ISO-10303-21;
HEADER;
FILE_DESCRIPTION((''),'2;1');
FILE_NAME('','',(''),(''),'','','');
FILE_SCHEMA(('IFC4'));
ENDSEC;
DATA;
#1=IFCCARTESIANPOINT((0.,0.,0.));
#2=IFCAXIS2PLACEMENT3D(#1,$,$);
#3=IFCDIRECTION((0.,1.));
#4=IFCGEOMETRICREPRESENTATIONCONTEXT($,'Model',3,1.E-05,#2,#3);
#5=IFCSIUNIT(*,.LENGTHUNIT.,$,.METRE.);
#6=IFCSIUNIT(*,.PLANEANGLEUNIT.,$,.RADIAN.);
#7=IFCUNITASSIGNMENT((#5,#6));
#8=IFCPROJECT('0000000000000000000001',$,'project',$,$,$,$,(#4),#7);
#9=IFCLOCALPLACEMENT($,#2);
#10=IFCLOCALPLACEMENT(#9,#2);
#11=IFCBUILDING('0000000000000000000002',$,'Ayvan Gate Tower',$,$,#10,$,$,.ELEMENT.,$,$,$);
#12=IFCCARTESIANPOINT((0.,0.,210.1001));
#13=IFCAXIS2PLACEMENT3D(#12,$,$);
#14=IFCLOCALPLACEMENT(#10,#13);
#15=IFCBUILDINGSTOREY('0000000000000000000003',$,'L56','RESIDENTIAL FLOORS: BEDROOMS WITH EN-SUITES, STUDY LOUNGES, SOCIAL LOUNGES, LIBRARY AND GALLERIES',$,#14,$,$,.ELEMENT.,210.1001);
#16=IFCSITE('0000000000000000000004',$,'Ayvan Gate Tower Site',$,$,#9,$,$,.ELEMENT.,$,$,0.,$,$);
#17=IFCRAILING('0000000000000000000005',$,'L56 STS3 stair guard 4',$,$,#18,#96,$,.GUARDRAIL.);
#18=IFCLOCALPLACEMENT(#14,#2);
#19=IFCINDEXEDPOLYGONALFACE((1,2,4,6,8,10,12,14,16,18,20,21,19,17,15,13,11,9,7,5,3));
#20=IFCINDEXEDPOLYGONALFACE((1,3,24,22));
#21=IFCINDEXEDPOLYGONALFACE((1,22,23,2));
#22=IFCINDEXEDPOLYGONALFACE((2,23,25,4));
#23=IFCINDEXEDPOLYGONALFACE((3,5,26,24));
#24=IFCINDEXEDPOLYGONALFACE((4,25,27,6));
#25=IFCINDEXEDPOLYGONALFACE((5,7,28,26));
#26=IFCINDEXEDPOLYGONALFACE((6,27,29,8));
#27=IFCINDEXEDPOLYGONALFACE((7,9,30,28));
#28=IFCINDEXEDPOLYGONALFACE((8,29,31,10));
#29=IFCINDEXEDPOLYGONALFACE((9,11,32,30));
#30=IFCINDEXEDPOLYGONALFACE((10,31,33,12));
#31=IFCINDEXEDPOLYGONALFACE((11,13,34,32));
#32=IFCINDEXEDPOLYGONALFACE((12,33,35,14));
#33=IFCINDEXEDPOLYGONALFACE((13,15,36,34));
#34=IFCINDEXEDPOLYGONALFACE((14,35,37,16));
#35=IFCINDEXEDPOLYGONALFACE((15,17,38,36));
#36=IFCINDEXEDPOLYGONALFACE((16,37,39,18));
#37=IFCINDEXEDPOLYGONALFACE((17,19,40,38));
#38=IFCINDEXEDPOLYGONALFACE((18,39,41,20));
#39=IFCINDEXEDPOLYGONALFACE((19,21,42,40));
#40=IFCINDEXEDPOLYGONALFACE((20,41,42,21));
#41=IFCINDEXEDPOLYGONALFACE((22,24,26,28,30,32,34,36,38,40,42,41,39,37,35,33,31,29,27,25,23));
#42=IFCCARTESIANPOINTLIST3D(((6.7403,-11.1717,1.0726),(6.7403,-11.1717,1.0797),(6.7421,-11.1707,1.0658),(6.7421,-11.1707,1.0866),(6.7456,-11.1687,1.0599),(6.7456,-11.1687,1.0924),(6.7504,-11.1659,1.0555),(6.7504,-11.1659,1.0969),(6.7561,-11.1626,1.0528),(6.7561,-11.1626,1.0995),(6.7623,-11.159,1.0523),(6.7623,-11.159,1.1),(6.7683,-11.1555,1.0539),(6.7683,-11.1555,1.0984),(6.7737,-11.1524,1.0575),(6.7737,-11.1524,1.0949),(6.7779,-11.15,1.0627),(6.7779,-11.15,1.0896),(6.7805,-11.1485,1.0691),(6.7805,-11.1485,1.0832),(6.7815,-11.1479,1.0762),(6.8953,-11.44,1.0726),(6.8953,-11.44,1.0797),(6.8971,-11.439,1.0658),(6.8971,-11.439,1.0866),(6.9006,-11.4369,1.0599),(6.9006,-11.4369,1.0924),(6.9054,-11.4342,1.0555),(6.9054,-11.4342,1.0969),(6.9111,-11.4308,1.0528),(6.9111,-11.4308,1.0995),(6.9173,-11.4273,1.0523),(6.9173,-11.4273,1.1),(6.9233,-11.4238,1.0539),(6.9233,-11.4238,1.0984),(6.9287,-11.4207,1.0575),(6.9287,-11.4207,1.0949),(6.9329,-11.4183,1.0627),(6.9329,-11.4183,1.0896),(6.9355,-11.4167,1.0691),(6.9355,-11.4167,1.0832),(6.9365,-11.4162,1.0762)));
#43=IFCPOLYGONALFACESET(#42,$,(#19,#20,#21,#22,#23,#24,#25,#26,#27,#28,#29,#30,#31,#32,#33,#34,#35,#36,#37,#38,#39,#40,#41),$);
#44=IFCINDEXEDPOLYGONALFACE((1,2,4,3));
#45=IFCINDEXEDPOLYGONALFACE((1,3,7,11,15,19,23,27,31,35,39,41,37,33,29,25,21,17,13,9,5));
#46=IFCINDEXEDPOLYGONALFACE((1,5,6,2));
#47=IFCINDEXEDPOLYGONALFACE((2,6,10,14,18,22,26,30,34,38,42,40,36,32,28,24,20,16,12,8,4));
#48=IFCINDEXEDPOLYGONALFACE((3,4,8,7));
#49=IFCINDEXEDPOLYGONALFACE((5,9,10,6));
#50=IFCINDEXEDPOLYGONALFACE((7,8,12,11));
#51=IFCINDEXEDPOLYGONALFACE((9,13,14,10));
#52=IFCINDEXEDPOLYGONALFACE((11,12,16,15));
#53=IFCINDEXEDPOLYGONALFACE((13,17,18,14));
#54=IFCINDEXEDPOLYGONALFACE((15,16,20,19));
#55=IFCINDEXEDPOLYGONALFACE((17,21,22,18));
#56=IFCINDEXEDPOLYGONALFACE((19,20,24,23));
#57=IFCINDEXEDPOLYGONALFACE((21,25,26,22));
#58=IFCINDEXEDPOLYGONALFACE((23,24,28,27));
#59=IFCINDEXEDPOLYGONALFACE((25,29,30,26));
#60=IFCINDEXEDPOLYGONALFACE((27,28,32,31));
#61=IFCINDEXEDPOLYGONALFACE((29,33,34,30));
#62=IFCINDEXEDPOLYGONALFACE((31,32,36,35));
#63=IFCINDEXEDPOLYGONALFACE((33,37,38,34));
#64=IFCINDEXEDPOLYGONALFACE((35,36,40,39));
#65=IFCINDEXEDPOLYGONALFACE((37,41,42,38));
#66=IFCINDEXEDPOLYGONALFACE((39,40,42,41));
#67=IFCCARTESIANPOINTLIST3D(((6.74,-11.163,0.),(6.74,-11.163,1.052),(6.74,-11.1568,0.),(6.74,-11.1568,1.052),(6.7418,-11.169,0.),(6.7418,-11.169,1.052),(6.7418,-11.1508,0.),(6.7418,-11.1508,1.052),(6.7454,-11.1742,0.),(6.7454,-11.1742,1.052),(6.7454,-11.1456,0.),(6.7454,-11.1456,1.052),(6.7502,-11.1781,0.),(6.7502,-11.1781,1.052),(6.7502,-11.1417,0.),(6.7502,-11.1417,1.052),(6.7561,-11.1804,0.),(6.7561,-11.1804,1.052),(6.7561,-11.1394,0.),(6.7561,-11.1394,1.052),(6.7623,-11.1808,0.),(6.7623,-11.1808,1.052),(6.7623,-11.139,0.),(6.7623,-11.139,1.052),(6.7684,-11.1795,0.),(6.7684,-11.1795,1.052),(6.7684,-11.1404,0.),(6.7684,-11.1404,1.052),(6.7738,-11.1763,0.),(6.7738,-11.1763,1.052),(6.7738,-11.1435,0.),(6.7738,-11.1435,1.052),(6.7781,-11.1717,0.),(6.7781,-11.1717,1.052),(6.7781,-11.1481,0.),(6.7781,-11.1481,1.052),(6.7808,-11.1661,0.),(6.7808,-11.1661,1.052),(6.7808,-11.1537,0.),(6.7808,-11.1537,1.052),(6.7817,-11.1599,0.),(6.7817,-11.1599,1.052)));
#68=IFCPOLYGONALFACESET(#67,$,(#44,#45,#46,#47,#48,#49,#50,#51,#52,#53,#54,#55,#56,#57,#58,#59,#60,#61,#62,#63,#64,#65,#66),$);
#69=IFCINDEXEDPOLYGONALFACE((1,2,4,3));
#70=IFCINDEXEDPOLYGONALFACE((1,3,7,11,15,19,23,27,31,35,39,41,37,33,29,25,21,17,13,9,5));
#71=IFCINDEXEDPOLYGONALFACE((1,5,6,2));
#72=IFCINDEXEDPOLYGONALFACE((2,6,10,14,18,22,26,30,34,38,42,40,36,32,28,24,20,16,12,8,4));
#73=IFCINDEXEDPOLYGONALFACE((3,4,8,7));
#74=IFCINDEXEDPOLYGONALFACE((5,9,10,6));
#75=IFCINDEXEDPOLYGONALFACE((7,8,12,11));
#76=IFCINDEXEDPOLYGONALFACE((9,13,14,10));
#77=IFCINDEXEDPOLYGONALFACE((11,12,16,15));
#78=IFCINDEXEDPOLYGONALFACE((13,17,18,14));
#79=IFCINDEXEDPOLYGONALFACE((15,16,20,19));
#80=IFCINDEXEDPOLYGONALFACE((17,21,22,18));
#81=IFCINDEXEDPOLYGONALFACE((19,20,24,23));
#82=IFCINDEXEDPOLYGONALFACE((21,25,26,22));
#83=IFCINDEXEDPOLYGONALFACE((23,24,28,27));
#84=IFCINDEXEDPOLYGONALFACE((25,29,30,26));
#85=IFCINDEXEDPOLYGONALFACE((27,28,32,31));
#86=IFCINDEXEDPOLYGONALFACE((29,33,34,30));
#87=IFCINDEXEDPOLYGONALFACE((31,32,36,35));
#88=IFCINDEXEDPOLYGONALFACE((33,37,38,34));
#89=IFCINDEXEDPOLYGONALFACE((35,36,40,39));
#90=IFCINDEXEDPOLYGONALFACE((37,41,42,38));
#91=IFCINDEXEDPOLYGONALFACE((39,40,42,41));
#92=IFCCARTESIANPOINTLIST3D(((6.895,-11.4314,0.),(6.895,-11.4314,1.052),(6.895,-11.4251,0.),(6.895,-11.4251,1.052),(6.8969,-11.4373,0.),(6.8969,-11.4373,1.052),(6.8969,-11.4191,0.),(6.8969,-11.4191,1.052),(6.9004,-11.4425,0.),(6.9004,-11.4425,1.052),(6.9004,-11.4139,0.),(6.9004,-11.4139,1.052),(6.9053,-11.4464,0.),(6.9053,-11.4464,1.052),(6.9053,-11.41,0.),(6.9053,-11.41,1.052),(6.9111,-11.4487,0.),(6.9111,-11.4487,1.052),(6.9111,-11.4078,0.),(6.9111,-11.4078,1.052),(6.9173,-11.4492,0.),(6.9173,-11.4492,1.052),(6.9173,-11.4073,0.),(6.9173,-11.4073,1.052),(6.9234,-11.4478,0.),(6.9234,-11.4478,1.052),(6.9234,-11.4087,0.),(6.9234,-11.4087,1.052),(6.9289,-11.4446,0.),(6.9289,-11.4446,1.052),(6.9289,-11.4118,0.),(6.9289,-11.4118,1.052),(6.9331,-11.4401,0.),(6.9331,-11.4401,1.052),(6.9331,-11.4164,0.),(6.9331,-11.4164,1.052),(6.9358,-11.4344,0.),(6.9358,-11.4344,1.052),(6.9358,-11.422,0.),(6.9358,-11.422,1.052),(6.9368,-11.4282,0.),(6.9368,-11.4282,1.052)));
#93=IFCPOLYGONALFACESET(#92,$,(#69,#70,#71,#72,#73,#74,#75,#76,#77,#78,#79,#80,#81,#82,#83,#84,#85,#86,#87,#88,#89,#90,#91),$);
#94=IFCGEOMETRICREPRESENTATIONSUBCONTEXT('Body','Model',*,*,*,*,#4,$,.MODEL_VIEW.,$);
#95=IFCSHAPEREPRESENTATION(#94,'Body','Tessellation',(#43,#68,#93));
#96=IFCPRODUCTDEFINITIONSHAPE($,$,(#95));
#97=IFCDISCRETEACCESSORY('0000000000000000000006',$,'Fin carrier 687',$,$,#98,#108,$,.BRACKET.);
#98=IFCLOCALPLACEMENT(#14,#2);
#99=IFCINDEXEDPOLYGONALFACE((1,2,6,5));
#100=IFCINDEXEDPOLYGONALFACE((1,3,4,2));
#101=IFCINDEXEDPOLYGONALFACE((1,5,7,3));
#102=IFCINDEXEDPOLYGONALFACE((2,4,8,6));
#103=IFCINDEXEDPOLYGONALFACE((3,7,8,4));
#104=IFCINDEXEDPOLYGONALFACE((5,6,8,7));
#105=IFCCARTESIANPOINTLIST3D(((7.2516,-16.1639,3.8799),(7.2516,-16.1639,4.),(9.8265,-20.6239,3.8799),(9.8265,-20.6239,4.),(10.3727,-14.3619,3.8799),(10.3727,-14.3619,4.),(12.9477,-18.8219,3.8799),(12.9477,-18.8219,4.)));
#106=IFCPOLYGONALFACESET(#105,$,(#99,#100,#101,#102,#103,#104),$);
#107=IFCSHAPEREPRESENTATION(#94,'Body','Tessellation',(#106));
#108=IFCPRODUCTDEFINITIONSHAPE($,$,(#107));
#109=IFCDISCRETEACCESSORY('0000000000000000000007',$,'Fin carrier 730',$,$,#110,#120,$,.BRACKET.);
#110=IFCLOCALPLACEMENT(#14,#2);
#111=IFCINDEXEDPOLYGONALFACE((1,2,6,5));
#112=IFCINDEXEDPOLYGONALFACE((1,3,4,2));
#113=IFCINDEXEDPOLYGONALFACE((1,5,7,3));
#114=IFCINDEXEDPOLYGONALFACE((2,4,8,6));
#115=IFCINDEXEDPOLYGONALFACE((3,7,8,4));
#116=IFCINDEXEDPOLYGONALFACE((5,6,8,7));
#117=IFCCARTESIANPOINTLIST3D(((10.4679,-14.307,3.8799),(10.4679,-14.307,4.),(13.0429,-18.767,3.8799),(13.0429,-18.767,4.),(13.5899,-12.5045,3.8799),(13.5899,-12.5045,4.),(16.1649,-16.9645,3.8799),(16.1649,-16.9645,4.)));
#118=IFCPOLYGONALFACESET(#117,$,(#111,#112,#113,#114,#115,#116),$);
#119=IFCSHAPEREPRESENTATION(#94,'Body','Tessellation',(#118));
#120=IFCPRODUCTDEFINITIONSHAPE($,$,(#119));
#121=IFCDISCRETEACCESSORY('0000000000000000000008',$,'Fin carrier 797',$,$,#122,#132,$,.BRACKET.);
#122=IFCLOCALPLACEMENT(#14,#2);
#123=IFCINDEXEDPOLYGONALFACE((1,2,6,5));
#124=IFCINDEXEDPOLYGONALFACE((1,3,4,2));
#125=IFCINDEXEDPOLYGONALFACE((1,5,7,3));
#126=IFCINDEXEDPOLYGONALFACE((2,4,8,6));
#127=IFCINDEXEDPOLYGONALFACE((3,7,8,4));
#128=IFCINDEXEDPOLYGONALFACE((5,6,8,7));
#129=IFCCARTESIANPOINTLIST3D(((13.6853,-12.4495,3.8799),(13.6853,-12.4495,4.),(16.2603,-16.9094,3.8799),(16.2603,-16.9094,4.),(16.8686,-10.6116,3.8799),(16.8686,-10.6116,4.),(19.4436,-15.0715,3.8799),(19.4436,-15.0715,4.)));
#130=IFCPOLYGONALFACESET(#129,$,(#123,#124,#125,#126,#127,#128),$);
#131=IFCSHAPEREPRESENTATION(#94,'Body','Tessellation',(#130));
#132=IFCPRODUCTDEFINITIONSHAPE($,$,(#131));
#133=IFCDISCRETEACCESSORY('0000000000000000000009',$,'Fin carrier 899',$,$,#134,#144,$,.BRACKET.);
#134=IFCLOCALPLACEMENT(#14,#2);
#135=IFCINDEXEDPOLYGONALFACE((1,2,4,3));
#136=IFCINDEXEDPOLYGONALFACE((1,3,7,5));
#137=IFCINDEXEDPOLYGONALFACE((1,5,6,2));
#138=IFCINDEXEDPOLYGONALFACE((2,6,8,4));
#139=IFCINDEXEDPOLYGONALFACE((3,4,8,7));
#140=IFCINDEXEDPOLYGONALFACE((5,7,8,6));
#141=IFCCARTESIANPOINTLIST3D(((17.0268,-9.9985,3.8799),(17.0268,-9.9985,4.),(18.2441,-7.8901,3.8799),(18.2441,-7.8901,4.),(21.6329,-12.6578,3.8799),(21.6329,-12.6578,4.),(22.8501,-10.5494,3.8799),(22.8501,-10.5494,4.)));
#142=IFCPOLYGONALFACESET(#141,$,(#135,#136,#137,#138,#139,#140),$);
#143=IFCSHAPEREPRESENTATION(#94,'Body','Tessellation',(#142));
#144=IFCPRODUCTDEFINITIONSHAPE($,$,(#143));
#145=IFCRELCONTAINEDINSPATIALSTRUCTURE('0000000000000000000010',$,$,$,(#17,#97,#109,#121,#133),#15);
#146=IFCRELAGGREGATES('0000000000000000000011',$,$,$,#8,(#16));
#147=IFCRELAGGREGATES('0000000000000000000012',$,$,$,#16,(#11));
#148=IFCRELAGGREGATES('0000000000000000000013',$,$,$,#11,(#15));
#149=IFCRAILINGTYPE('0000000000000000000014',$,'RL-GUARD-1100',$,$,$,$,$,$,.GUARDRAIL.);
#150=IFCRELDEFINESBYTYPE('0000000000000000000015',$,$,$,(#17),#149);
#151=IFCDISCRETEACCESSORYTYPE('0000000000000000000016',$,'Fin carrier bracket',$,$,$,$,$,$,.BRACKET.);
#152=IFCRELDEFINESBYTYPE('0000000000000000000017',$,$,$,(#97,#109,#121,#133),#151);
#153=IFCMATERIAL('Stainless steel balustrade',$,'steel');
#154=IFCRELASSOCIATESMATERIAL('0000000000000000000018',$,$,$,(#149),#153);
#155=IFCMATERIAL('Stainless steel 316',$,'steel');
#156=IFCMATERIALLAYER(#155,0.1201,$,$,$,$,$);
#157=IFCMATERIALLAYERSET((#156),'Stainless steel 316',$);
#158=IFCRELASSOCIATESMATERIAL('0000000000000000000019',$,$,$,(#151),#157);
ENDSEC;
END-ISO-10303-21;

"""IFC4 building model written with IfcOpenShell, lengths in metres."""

from ifc_helpers import new_model, si_unit, direction, frame, origin, origin_2d, place, context, subcontext, project, spatial, rectangle, circle, extrude, material, layer, layer_set, type_object, element, save


model = new_model("IFC4")

# Units and contexts
model_context = context("Model", 3, precision=1e-05, world=origin(), true_north=direction((0.0, 1.0)))
body_context = subcontext(model_context, "Body", "Model", "MODEL_VIEW")
ifc_project = project(units=[si_unit("LENGTHUNIT", "METRE"), si_unit("PLANEANGLEUNIT", "RADIAN")], contexts=[model_context])

# Site, building, storey
site_placement = place(None, origin())
site = spatial("IfcSite", under=ifc_project, at=site_placement, Name="Ayvan Gate Tower Site", CompositionType="ELEMENT", RefElevation=0.0)
building_placement = place(site_placement, origin())
building = spatial("IfcBuilding", under=site, at=building_placement, Name="Ayvan Gate Tower", CompositionType="ELEMENT")
storey_placement = place(building_placement, frame((0.0, 0.0, 210.1001)))
storey = spatial("IfcBuildingStorey", under=building, at=storey_placement, Name="L56", Description="RESIDENTIAL FLOORS: BEDROOMS WITH EN-SUITES, STUDY LOUNGES, SOCIAL LOUNGES, LIBRARY AND GALLERIES", CompositionType="ELEMENT", Elevation=210.1001)

# Railing
ifc_material_1 = material(Name="Stainless steel balustrade", Category="steel")
railing_type = type_object("IfcRailingType", Name="RL-GUARD-1100", PredefinedType="GUARDRAIL", material=ifc_material_1)
railing_placement = place(storey_placement, frame((6.7607, -11.1599, 0.0)))
element("IfcRailing", 1, at=railing_placement, inside=storey, type_object=railing_type, Name="L56 STS3 stair guard 4", PredefinedType="GUARDRAIL", context=body_context, shape_type="SweptSolid", body=[
    extrude(circle(Radius=0.0239, at=origin_2d()), frame((0.0, 0.0, 1.0762), z_axis=(0.500291, -0.865857, 0.0), x_axis=(0.865857, 0.500291, 0.0)), (0.0, 0.0, 1.0), 0.3098),
    extrude(circle(Radius=0.021, at=origin_2d()), origin(), (0.0, 0.0, 1.0), 1.052),
    extrude(circle(Radius=0.021, at=origin_2d()), frame((0.155, -0.2683, 0.0)), (0.0, 0.0, 1.0), 1.052),
])

# Discrete accessories
ifc_material_2 = material(Name="Stainless steel 316", Category="steel")
ifc_layer_1 = layer(ifc_material_2, 0.1201)
ifc_layer_set_1 = layer_set([ifc_layer_1], Name="Stainless steel 316")
discrete_accessory_type = type_object("IfcDiscreteAccessoryType", Name="Fin carrier bracket", PredefinedType="BRACKET", material=ifc_layer_set_1)
discrete_accessory_1_placement = place(storey_placement, frame((10.0996, -17.4929, 3.8799), z_axis=(0.0, 0.0, 1.0), x_axis=(0.866025, 0.5, 0.0)))
element("IfcDiscreteAccessory", 2, at=discrete_accessory_1_placement, inside=storey, type_object=discrete_accessory_type, Name="Fin carrier 687", PredefinedType="BRACKET", context=body_context, shape_type="SweptSolid", body=[
    extrude(rectangle(XDim=3.604, YDim=5.1499, at=origin_2d()), origin(), (0.0, 0.0, 1.0), 0.1201),
])
discrete_accessory_2_placement = place(storey_placement, frame((13.3164, -15.6357, 3.8799), z_axis=(0.0, 0.0, 1.0), x_axis=(0.866025, 0.5, 0.0)))
element("IfcDiscreteAccessory", 3, at=discrete_accessory_2_placement, inside=storey, type_object=discrete_accessory_type, Name="Fin carrier 730", PredefinedType="BRACKET", context=body_context, shape_type="SweptSolid", body=[
    extrude(rectangle(XDim=3.605, YDim=5.1499, at=origin_2d()), origin(), (0.0, 0.0, 1.0), 0.1201),
])
discrete_accessory_3_placement = place(storey_placement, frame((16.5645, -13.7605, 3.8799), z_axis=(0.0, 0.0, 1.0), x_axis=(0.866025, 0.5, 0.0)))
element("IfcDiscreteAccessory", 4, at=discrete_accessory_3_placement, inside=storey, type_object=discrete_accessory_type, Name="Fin carrier 797", PredefinedType="BRACKET", context=body_context, shape_type="SweptSolid", body=[
    extrude(rectangle(XDim=3.6758, YDim=5.1499, at=origin_2d()), origin(), (0.0, 0.0, 1.0), 0.1201),
])
discrete_accessory_4_placement = place(storey_placement, frame((19.9385, -10.2739, 3.8799), z_axis=(0.0, 0.0, 1.0), x_axis=(0.5, 0.866025, 0.0)))
element("IfcDiscreteAccessory", 5, at=discrete_accessory_4_placement, inside=storey, type_object=discrete_accessory_type, Name="Fin carrier 899", PredefinedType="BRACKET", context=body_context, shape_type="SweptSolid", body=[
    extrude(rectangle(XDim=2.4346, YDim=5.3186, at=origin_2d()), origin(), (0.0, 0.0, 1.0), 0.1201),
])

save(model, "model.ifc")
